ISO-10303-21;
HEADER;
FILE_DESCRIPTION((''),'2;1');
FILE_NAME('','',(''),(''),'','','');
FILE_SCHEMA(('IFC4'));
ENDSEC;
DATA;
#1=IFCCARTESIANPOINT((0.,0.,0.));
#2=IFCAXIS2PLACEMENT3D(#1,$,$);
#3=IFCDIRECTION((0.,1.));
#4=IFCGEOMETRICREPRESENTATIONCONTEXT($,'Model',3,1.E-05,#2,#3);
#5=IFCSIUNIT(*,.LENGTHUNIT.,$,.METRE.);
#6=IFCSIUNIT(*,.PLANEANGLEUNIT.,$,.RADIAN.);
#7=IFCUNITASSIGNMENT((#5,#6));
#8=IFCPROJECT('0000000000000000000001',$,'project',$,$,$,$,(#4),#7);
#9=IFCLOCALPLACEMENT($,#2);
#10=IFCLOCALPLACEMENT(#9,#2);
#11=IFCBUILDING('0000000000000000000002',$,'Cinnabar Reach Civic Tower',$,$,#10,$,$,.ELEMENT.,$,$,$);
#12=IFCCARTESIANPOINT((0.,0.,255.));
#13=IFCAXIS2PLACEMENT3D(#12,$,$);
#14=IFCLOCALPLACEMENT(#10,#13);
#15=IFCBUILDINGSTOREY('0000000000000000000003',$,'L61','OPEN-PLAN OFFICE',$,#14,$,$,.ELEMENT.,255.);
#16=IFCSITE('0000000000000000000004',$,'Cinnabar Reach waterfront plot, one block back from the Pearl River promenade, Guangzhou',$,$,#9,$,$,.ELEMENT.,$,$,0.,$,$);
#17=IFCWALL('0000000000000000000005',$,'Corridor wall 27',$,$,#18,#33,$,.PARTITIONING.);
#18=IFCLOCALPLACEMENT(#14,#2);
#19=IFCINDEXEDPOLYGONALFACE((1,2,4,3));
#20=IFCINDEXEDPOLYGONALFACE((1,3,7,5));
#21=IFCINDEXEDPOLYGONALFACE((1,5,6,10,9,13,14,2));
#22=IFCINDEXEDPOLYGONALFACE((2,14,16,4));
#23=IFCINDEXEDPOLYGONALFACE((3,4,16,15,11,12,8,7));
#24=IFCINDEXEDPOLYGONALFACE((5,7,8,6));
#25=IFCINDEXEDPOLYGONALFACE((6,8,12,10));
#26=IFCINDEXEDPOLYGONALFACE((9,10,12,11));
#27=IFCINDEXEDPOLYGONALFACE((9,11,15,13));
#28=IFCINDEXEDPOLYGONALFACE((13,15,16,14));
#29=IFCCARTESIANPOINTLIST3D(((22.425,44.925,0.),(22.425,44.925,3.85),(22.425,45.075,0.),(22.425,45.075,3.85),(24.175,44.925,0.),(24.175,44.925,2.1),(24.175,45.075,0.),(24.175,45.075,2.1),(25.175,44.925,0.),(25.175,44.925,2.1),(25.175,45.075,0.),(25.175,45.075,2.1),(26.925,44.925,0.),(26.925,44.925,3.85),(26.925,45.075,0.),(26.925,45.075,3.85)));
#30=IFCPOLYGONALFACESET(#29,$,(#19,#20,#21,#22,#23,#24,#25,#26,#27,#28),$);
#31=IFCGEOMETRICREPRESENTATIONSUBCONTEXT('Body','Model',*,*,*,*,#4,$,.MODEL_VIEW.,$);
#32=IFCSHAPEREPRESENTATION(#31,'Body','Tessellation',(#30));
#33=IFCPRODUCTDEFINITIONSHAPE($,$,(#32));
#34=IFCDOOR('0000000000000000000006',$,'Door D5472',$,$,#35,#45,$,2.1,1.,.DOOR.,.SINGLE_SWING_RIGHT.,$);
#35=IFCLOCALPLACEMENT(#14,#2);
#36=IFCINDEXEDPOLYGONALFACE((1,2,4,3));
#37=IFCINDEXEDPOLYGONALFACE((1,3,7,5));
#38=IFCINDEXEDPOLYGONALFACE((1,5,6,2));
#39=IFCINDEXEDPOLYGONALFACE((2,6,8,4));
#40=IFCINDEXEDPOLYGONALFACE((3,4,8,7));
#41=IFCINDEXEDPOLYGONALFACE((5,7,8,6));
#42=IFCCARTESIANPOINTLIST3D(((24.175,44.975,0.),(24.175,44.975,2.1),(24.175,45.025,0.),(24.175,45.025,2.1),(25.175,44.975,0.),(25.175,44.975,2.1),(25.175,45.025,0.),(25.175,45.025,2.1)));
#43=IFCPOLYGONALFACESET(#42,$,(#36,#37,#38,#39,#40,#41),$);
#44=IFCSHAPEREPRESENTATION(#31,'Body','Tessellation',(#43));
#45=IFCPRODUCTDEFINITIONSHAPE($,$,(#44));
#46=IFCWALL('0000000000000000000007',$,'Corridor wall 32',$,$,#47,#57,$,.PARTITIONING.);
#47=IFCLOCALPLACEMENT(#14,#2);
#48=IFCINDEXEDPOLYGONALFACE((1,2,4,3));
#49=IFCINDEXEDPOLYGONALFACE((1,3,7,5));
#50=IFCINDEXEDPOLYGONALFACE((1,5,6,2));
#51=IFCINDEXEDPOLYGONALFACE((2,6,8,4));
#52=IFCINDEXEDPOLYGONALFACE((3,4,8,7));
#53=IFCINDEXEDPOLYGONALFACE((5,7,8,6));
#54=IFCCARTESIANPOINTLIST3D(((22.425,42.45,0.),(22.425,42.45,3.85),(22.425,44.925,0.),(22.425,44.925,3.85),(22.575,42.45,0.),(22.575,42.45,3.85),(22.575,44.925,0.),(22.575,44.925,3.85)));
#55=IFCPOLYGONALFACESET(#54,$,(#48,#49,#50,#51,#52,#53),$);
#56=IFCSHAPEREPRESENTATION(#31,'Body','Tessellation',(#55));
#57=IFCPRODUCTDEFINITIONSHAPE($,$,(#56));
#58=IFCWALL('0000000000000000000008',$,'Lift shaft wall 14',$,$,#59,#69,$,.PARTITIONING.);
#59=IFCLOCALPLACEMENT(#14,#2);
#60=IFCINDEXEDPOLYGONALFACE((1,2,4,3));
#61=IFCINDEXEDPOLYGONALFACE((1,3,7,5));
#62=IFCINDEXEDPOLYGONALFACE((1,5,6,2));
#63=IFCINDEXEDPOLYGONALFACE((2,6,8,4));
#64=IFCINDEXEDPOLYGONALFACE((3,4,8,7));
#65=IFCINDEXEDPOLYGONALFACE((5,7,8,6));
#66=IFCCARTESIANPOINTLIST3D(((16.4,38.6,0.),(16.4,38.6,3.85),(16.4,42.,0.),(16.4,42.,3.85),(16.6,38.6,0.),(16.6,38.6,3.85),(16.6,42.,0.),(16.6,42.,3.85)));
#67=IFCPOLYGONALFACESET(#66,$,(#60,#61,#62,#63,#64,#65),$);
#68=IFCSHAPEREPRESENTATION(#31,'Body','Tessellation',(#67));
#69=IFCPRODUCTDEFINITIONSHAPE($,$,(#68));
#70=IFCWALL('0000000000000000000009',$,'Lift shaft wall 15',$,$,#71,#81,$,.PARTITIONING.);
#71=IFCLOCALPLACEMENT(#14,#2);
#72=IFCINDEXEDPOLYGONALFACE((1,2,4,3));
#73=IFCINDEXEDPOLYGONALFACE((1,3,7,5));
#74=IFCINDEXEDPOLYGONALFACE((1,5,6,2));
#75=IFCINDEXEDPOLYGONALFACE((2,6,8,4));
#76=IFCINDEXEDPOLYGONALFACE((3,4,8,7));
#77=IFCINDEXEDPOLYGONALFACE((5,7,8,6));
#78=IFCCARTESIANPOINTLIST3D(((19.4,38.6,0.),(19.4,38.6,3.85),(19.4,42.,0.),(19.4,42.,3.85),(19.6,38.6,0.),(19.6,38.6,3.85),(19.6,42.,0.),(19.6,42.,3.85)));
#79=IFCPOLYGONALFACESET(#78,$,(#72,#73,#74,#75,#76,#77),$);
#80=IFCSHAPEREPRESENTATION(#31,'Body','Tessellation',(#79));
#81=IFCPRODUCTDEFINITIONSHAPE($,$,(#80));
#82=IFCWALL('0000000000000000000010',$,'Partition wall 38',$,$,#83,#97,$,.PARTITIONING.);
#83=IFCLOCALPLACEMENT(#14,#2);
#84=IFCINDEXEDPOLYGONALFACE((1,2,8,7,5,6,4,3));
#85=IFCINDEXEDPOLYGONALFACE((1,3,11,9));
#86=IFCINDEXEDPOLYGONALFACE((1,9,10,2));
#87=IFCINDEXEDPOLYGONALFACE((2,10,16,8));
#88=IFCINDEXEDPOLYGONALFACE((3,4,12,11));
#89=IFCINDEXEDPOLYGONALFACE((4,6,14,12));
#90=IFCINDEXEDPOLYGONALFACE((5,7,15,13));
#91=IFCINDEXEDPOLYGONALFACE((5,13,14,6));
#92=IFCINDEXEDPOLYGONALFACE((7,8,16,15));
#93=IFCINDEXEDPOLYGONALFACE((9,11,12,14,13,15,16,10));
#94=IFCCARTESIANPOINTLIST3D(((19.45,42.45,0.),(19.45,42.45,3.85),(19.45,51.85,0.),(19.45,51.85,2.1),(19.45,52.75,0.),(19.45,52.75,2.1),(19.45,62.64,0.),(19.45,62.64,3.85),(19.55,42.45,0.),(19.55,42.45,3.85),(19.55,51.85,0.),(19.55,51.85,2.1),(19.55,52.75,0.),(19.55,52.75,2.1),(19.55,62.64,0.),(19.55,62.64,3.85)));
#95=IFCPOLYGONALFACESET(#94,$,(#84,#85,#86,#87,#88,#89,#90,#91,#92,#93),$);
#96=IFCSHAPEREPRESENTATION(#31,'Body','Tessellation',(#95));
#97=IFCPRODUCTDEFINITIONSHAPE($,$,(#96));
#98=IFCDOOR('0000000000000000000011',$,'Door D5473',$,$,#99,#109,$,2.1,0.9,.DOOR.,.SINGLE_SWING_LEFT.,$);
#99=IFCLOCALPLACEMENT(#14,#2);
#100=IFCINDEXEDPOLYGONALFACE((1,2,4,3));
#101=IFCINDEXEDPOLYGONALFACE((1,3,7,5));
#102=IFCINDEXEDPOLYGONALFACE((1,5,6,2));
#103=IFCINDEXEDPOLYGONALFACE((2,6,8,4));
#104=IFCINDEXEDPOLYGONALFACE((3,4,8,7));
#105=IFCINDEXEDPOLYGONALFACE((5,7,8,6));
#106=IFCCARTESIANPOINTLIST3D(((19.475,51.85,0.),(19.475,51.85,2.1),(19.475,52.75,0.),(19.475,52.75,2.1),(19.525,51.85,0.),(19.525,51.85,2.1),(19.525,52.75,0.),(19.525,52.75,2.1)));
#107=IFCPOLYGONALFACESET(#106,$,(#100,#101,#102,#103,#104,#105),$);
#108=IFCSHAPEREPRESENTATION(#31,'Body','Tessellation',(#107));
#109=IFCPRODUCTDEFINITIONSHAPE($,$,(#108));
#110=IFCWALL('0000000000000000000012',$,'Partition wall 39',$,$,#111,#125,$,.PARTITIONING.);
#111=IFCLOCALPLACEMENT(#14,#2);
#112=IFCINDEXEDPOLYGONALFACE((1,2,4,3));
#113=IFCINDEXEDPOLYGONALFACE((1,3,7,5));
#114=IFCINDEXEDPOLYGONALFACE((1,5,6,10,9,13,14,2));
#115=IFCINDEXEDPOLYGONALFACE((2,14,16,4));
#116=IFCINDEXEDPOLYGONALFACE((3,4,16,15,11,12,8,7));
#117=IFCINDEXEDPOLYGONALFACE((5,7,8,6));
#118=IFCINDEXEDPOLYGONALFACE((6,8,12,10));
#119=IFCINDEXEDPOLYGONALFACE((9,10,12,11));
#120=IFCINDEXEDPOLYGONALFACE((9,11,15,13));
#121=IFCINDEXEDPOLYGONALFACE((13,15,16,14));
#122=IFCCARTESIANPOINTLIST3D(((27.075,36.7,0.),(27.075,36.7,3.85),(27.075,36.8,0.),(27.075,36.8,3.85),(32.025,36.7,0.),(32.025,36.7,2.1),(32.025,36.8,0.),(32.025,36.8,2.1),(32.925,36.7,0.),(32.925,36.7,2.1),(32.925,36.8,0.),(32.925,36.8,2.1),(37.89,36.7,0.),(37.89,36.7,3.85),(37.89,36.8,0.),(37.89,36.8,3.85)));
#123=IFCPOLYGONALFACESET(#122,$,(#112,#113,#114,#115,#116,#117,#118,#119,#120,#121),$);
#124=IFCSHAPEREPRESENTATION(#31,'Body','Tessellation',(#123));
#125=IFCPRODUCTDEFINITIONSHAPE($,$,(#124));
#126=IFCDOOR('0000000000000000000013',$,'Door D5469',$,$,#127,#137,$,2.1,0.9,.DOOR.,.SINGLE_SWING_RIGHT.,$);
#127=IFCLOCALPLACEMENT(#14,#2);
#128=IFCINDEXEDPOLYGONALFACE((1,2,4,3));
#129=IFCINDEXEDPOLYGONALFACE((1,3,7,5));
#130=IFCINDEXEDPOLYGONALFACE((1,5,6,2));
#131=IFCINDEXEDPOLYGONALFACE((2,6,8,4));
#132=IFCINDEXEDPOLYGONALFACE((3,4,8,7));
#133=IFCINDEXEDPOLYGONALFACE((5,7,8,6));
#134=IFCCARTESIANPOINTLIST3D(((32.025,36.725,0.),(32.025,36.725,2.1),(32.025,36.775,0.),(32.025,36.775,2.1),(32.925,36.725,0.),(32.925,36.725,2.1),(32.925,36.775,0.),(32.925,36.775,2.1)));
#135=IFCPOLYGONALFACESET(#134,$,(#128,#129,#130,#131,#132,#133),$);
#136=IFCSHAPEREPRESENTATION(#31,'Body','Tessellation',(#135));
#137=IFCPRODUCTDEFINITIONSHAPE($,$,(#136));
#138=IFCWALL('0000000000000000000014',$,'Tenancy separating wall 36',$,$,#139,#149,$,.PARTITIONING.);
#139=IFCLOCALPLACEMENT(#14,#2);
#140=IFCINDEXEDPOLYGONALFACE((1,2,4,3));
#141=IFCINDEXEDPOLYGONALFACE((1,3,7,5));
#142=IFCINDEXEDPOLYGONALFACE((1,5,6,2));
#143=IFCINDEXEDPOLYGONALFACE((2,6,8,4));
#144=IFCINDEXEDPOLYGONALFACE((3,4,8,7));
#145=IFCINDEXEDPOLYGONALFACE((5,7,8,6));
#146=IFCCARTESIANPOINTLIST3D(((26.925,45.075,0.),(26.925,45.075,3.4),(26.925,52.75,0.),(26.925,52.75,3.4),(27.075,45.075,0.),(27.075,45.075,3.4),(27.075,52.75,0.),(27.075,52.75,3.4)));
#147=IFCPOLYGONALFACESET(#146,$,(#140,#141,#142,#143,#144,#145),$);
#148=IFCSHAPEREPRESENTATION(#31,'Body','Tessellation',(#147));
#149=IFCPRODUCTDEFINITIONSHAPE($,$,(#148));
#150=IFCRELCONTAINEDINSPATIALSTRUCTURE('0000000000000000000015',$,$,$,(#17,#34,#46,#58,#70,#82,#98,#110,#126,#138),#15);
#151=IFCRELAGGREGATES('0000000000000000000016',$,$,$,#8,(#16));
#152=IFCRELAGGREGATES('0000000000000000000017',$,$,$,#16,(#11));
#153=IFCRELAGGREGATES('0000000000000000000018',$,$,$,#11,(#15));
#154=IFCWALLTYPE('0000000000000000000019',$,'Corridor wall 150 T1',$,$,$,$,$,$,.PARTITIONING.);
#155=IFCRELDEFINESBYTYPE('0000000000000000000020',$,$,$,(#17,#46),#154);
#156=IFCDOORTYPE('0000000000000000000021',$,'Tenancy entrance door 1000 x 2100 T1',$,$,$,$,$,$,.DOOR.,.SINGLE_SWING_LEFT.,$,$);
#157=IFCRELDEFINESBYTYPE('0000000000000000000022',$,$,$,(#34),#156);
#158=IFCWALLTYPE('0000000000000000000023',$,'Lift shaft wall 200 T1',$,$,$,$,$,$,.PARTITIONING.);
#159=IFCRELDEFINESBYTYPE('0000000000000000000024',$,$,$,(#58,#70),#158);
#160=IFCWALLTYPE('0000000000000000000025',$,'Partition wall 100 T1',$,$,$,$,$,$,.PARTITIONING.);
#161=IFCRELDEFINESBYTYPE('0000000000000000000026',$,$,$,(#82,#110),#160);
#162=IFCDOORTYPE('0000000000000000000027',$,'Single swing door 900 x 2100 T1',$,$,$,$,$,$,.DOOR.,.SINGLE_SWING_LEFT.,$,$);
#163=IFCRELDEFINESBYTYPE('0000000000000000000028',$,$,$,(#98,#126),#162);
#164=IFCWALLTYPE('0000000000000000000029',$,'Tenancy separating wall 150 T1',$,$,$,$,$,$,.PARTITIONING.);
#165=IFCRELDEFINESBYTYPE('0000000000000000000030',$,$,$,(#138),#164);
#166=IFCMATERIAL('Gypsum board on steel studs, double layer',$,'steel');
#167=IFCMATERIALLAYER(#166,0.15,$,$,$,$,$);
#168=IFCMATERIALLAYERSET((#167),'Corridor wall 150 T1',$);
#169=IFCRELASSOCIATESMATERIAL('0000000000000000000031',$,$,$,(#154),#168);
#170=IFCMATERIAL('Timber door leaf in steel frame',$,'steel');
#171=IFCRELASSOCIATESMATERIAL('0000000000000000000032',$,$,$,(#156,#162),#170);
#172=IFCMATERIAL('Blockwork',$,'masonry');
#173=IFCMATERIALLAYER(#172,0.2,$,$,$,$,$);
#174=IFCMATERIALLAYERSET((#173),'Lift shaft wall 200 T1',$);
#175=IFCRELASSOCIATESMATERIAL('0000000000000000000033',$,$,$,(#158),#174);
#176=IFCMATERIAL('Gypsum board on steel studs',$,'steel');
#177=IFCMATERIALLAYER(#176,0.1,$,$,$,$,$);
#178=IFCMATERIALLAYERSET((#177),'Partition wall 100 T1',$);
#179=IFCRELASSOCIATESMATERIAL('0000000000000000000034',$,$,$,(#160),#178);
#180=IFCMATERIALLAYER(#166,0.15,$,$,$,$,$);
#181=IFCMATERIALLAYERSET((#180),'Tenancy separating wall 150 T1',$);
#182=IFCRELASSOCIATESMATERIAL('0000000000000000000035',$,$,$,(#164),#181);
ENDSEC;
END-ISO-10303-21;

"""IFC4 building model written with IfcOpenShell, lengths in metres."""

from ifc_helpers import new_model, si_unit, direction, frame, frame_2d, origin, place, context, subcontext, project, spatial, rectangle, extrude, material, layer, layer_set, type_object, element, fill, save


model = new_model("IFC4")

# Units and contexts
model_context = context("Model", 3, precision=1e-05, world=origin(), true_north=direction((0.0, 1.0)))
body_context = subcontext(model_context, "Body", "Model", "MODEL_VIEW")
ifc_project = project(units=[si_unit("LENGTHUNIT", "METRE"), si_unit("PLANEANGLEUNIT", "RADIAN")], contexts=[model_context])

# Site, building, storey
site_placement = place(None, origin())
site = spatial("IfcSite", under=ifc_project, at=site_placement, Name="Cinnabar Reach waterfront plot, one block back from the Pearl River promenade, Guangzhou", CompositionType="ELEMENT", RefElevation=0.0)
building_placement = place(site_placement, origin())
building = spatial("IfcBuilding", under=site, at=building_placement, Name="Cinnabar Reach Civic Tower", CompositionType="ELEMENT")
storey_placement = place(building_placement, frame((0.0, 0.0, 255.0)))
storey = spatial("IfcBuildingStorey", under=building, at=storey_placement, Name="L61", Description="OPEN-PLAN OFFICE", CompositionType="ELEMENT", Elevation=255.0)

# Shared definitions
ifc_material_1 = material(Name="Gypsum board on steel studs, double layer", Category="steel")
ifc_layer_1 = layer(ifc_material_1, 0.15)
ifc_layer_set_1 = layer_set([ifc_layer_1], Name="Corridor wall 150 T1")
wall_type_1 = type_object("IfcWallType", Name="Corridor wall 150 T1", PredefinedType="PARTITIONING", material=ifc_layer_set_1)

# Wall, opening, door
wall_1_placement = place(storey_placement, frame((22.425, 45.0, 0.0), z_axis=(0.0, 0.0, 1.0), x_axis=(1.0, 0.0, 0.0)))
wall_1 = element("IfcWall", 1, at=wall_1_placement, inside=storey, type_object=wall_type_1, Name="Corridor wall 27", PredefinedType="PARTITIONING", context=body_context, shape_type="SweptSolid", body=[
    extrude(rectangle(XDim=4.5, YDim=0.15, at=frame_2d((2.25, 0.0))), origin(), (0.0, 0.0, 1.0), 3.85),
])
opening_1_placement = place(wall_1_placement, frame((1.75, 0.0, 0.0)))
opening_1 = element("IfcOpeningElement", 2, at=opening_1_placement, cuts=wall_1, PredefinedType="OPENING", context=body_context, shape_type="SweptSolid", body=[
    extrude(rectangle(XDim=1.0, YDim=2.1, at=frame_2d((0.5, 1.05))), frame((0.0, 0.085, 0.0), z_axis=(0.0, -1.0, 0.0), x_axis=(1.0, 0.0, 0.0)), (0.0, 0.0, 1.0), 0.17),
])
ifc_material_2 = material(Name="Timber door leaf in steel frame", Category="steel")
door_type_1 = type_object("IfcDoorType", Name="Tenancy entrance door 1000 x 2100 T1", OperationType="SINGLE_SWING_LEFT", PredefinedType="DOOR", material=ifc_material_2)
door_1_placement = place(opening_1_placement, origin())
door_1 = element("IfcDoor", 3, at=door_1_placement, inside=storey, type_object=door_type_1, Name="Door D5472", OperationType="SINGLE_SWING_RIGHT", OverallHeight=2.1, OverallWidth=1.0, PredefinedType="DOOR", context=body_context, shape_type="SweptSolid", body=[
    extrude(rectangle(XDim=1.0, YDim=2.1, at=frame_2d((0.5, 1.05))), frame((0.0, 0.025, 0.0), z_axis=(0.0, -1.0, 0.0), x_axis=(1.0, 0.0, 0.0)), (0.0, 0.0, 1.0), 0.05),
])
fill(opening_1, door_1)

# Walls
wall_2_placement = place(storey_placement, frame((22.5, 42.45, 0.0), z_axis=(0.0, 0.0, 1.0), x_axis=(0.0, 1.0, 0.0)))
element("IfcWall", 4, at=wall_2_placement, inside=storey, type_object=wall_type_1, Name="Corridor wall 32", PredefinedType="PARTITIONING", context=body_context, shape_type="SweptSolid", body=[
    extrude(rectangle(XDim=2.475, YDim=0.15, at=frame_2d((1.2375, 0.0))), origin(), (0.0, 0.0, 1.0), 3.85),
])
ifc_material_3 = material(Name="Blockwork", Category="masonry")
ifc_layer_2 = layer(ifc_material_3, 0.2)
ifc_layer_set_2 = layer_set([ifc_layer_2], Name="Lift shaft wall 200 T1")
wall_type_2 = type_object("IfcWallType", Name="Lift shaft wall 200 T1", PredefinedType="PARTITIONING", material=ifc_layer_set_2)
for number, where, z_axis, x_axis, name in (
    (5, (16.5, 38.6, 0.0), (0.0, 0.0, 1.0), (0.0, 1.0, 0.0), "Lift shaft wall 14"),
    (6, (19.5, 38.6, 0.0), (0.0, 0.0, 1.0), (0.0, 1.0, 0.0), "Lift shaft wall 15"),
):
    element("IfcWall", number, at=place(storey_placement, frame(where, z_axis=z_axis, x_axis=x_axis)), inside=storey, type_object=wall_type_2, Name=name, PredefinedType="PARTITIONING", context=body_context, shape_type="SweptSolid", body=[
        extrude(rectangle(XDim=3.4, YDim=0.2, at=frame_2d((1.7, 0.0))), origin(), (0.0, 0.0, 1.0), 3.85),
    ])

# Walls, openings, doors
ifc_material_4 = material(Name="Gypsum board on steel studs", Category="steel")
ifc_layer_3 = layer(ifc_material_4, 0.1)
ifc_layer_set_3 = layer_set([ifc_layer_3], Name="Partition wall 100 T1")
wall_type_3 = type_object("IfcWallType", Name="Partition wall 100 T1", PredefinedType="PARTITIONING", material=ifc_layer_set_3)
wall_3_placement = place(storey_placement, frame((19.5, 42.45, 0.0), z_axis=(0.0, 0.0, 1.0), x_axis=(0.0, 1.0, 0.0)))
wall_3 = element("IfcWall", 7, at=wall_3_placement, inside=storey, type_object=wall_type_3, Name="Partition wall 38", PredefinedType="PARTITIONING", context=body_context, shape_type="SweptSolid", body=[
    extrude(rectangle(XDim=20.19, YDim=0.1, at=frame_2d((10.095, 0.0))), origin(), (0.0, 0.0, 1.0), 3.85),
])
opening_2_placement = place(wall_3_placement, frame((9.4, 0.0, 0.0)))
opening_2 = element("IfcOpeningElement", 8, at=opening_2_placement, cuts=wall_3, PredefinedType="OPENING", context=body_context, shape_type="SweptSolid", body=[
    extrude(rectangle(XDim=0.9, YDim=2.1, at=frame_2d((0.45, 1.05))), frame((0.0, 0.06, 0.0), z_axis=(0.0, -1.0, 0.0), x_axis=(1.0, 0.0, 0.0)), (0.0, 0.0, 1.0), 0.12),
])
door_type_2 = type_object("IfcDoorType", Name="Single swing door 900 x 2100 T1", OperationType="SINGLE_SWING_LEFT", PredefinedType="DOOR", material=ifc_material_2)
door_2_placement = place(opening_2_placement, frame((0.9, 0.0, 0.0), z_axis=(0.0, 0.0, 1.0), x_axis=(-1.0, 0.0, 0.0)))
door_2 = element("IfcDoor", 9, at=door_2_placement, inside=storey, type_object=door_type_2, Name="Door D5473", OperationType="SINGLE_SWING_LEFT", OverallHeight=2.1, OverallWidth=0.9, PredefinedType="DOOR", context=body_context, shape_type="SweptSolid", body=[
    extrude(rectangle(XDim=0.9, YDim=2.1, at=frame_2d((0.45, 1.05))), frame((0.0, 0.025, 0.0), z_axis=(0.0, -1.0, 0.0), x_axis=(1.0, 0.0, 0.0)), (0.0, 0.0, 1.0), 0.05),
])
fill(opening_2, door_2)
wall_4_placement = place(storey_placement, frame((27.075, 36.75, 0.0), z_axis=(0.0, 0.0, 1.0), x_axis=(1.0, 0.0, 0.0)))
wall_4 = element("IfcWall", 10, at=wall_4_placement, inside=storey, type_object=wall_type_3, Name="Partition wall 39", PredefinedType="PARTITIONING", context=body_context, shape_type="SweptSolid", body=[
    extrude(rectangle(XDim=10.815, YDim=0.1, at=frame_2d((5.4075, 0.0))), origin(), (0.0, 0.0, 1.0), 3.85),
])
opening_3_placement = place(wall_4_placement, frame((4.95, 0.0, 0.0)))
opening_3 = element("IfcOpeningElement", 11, at=opening_3_placement, cuts=wall_4, PredefinedType="OPENING", context=body_context, shape_type="SweptSolid", body=[
    extrude(rectangle(XDim=0.9, YDim=2.1, at=frame_2d((0.45, 1.05))), frame((0.0, 0.06, 0.0), z_axis=(0.0, -1.0, 0.0), x_axis=(1.0, 0.0, 0.0)), (0.0, 0.0, 1.0), 0.12),
])
door_3_placement = place(opening_3_placement, frame((0.9, 0.0, 0.0), z_axis=(0.0, 0.0, 1.0), x_axis=(-1.0, 0.0, 0.0)))
door_3 = element("IfcDoor", 12, at=door_3_placement, inside=storey, type_object=door_type_2, Name="Door D5469", OperationType="SINGLE_SWING_RIGHT", OverallHeight=2.1, OverallWidth=0.9, PredefinedType="DOOR", context=body_context, shape_type="SweptSolid", body=[
    extrude(rectangle(XDim=0.9, YDim=2.1, at=frame_2d((0.45, 1.05))), frame((0.0, 0.025, 0.0), z_axis=(0.0, -1.0, 0.0), x_axis=(1.0, 0.0, 0.0)), (0.0, 0.0, 1.0), 0.05),
])
fill(opening_3, door_3)

# Wall
ifc_layer_4 = layer(ifc_material_1, 0.15)
ifc_layer_set_4 = layer_set([ifc_layer_4], Name="Tenancy separating wall 150 T1")
wall_type_4 = type_object("IfcWallType", Name="Tenancy separating wall 150 T1", PredefinedType="PARTITIONING", material=ifc_layer_set_4)
wall_5_placement = place(storey_placement, frame((27.0, 45.075, 0.0), z_axis=(0.0, 0.0, 1.0), x_axis=(0.0, 1.0, 0.0)))
element("IfcWall", 13, at=wall_5_placement, inside=storey, type_object=wall_type_4, Name="Tenancy separating wall 36", PredefinedType="PARTITIONING", context=body_context, shape_type="SweptSolid", body=[
    extrude(rectangle(XDim=7.675, YDim=0.15, at=frame_2d((3.8375, 0.0))), origin(), (0.0, 0.0, 1.0), 3.4),
])

save(model, "model.ifc")
